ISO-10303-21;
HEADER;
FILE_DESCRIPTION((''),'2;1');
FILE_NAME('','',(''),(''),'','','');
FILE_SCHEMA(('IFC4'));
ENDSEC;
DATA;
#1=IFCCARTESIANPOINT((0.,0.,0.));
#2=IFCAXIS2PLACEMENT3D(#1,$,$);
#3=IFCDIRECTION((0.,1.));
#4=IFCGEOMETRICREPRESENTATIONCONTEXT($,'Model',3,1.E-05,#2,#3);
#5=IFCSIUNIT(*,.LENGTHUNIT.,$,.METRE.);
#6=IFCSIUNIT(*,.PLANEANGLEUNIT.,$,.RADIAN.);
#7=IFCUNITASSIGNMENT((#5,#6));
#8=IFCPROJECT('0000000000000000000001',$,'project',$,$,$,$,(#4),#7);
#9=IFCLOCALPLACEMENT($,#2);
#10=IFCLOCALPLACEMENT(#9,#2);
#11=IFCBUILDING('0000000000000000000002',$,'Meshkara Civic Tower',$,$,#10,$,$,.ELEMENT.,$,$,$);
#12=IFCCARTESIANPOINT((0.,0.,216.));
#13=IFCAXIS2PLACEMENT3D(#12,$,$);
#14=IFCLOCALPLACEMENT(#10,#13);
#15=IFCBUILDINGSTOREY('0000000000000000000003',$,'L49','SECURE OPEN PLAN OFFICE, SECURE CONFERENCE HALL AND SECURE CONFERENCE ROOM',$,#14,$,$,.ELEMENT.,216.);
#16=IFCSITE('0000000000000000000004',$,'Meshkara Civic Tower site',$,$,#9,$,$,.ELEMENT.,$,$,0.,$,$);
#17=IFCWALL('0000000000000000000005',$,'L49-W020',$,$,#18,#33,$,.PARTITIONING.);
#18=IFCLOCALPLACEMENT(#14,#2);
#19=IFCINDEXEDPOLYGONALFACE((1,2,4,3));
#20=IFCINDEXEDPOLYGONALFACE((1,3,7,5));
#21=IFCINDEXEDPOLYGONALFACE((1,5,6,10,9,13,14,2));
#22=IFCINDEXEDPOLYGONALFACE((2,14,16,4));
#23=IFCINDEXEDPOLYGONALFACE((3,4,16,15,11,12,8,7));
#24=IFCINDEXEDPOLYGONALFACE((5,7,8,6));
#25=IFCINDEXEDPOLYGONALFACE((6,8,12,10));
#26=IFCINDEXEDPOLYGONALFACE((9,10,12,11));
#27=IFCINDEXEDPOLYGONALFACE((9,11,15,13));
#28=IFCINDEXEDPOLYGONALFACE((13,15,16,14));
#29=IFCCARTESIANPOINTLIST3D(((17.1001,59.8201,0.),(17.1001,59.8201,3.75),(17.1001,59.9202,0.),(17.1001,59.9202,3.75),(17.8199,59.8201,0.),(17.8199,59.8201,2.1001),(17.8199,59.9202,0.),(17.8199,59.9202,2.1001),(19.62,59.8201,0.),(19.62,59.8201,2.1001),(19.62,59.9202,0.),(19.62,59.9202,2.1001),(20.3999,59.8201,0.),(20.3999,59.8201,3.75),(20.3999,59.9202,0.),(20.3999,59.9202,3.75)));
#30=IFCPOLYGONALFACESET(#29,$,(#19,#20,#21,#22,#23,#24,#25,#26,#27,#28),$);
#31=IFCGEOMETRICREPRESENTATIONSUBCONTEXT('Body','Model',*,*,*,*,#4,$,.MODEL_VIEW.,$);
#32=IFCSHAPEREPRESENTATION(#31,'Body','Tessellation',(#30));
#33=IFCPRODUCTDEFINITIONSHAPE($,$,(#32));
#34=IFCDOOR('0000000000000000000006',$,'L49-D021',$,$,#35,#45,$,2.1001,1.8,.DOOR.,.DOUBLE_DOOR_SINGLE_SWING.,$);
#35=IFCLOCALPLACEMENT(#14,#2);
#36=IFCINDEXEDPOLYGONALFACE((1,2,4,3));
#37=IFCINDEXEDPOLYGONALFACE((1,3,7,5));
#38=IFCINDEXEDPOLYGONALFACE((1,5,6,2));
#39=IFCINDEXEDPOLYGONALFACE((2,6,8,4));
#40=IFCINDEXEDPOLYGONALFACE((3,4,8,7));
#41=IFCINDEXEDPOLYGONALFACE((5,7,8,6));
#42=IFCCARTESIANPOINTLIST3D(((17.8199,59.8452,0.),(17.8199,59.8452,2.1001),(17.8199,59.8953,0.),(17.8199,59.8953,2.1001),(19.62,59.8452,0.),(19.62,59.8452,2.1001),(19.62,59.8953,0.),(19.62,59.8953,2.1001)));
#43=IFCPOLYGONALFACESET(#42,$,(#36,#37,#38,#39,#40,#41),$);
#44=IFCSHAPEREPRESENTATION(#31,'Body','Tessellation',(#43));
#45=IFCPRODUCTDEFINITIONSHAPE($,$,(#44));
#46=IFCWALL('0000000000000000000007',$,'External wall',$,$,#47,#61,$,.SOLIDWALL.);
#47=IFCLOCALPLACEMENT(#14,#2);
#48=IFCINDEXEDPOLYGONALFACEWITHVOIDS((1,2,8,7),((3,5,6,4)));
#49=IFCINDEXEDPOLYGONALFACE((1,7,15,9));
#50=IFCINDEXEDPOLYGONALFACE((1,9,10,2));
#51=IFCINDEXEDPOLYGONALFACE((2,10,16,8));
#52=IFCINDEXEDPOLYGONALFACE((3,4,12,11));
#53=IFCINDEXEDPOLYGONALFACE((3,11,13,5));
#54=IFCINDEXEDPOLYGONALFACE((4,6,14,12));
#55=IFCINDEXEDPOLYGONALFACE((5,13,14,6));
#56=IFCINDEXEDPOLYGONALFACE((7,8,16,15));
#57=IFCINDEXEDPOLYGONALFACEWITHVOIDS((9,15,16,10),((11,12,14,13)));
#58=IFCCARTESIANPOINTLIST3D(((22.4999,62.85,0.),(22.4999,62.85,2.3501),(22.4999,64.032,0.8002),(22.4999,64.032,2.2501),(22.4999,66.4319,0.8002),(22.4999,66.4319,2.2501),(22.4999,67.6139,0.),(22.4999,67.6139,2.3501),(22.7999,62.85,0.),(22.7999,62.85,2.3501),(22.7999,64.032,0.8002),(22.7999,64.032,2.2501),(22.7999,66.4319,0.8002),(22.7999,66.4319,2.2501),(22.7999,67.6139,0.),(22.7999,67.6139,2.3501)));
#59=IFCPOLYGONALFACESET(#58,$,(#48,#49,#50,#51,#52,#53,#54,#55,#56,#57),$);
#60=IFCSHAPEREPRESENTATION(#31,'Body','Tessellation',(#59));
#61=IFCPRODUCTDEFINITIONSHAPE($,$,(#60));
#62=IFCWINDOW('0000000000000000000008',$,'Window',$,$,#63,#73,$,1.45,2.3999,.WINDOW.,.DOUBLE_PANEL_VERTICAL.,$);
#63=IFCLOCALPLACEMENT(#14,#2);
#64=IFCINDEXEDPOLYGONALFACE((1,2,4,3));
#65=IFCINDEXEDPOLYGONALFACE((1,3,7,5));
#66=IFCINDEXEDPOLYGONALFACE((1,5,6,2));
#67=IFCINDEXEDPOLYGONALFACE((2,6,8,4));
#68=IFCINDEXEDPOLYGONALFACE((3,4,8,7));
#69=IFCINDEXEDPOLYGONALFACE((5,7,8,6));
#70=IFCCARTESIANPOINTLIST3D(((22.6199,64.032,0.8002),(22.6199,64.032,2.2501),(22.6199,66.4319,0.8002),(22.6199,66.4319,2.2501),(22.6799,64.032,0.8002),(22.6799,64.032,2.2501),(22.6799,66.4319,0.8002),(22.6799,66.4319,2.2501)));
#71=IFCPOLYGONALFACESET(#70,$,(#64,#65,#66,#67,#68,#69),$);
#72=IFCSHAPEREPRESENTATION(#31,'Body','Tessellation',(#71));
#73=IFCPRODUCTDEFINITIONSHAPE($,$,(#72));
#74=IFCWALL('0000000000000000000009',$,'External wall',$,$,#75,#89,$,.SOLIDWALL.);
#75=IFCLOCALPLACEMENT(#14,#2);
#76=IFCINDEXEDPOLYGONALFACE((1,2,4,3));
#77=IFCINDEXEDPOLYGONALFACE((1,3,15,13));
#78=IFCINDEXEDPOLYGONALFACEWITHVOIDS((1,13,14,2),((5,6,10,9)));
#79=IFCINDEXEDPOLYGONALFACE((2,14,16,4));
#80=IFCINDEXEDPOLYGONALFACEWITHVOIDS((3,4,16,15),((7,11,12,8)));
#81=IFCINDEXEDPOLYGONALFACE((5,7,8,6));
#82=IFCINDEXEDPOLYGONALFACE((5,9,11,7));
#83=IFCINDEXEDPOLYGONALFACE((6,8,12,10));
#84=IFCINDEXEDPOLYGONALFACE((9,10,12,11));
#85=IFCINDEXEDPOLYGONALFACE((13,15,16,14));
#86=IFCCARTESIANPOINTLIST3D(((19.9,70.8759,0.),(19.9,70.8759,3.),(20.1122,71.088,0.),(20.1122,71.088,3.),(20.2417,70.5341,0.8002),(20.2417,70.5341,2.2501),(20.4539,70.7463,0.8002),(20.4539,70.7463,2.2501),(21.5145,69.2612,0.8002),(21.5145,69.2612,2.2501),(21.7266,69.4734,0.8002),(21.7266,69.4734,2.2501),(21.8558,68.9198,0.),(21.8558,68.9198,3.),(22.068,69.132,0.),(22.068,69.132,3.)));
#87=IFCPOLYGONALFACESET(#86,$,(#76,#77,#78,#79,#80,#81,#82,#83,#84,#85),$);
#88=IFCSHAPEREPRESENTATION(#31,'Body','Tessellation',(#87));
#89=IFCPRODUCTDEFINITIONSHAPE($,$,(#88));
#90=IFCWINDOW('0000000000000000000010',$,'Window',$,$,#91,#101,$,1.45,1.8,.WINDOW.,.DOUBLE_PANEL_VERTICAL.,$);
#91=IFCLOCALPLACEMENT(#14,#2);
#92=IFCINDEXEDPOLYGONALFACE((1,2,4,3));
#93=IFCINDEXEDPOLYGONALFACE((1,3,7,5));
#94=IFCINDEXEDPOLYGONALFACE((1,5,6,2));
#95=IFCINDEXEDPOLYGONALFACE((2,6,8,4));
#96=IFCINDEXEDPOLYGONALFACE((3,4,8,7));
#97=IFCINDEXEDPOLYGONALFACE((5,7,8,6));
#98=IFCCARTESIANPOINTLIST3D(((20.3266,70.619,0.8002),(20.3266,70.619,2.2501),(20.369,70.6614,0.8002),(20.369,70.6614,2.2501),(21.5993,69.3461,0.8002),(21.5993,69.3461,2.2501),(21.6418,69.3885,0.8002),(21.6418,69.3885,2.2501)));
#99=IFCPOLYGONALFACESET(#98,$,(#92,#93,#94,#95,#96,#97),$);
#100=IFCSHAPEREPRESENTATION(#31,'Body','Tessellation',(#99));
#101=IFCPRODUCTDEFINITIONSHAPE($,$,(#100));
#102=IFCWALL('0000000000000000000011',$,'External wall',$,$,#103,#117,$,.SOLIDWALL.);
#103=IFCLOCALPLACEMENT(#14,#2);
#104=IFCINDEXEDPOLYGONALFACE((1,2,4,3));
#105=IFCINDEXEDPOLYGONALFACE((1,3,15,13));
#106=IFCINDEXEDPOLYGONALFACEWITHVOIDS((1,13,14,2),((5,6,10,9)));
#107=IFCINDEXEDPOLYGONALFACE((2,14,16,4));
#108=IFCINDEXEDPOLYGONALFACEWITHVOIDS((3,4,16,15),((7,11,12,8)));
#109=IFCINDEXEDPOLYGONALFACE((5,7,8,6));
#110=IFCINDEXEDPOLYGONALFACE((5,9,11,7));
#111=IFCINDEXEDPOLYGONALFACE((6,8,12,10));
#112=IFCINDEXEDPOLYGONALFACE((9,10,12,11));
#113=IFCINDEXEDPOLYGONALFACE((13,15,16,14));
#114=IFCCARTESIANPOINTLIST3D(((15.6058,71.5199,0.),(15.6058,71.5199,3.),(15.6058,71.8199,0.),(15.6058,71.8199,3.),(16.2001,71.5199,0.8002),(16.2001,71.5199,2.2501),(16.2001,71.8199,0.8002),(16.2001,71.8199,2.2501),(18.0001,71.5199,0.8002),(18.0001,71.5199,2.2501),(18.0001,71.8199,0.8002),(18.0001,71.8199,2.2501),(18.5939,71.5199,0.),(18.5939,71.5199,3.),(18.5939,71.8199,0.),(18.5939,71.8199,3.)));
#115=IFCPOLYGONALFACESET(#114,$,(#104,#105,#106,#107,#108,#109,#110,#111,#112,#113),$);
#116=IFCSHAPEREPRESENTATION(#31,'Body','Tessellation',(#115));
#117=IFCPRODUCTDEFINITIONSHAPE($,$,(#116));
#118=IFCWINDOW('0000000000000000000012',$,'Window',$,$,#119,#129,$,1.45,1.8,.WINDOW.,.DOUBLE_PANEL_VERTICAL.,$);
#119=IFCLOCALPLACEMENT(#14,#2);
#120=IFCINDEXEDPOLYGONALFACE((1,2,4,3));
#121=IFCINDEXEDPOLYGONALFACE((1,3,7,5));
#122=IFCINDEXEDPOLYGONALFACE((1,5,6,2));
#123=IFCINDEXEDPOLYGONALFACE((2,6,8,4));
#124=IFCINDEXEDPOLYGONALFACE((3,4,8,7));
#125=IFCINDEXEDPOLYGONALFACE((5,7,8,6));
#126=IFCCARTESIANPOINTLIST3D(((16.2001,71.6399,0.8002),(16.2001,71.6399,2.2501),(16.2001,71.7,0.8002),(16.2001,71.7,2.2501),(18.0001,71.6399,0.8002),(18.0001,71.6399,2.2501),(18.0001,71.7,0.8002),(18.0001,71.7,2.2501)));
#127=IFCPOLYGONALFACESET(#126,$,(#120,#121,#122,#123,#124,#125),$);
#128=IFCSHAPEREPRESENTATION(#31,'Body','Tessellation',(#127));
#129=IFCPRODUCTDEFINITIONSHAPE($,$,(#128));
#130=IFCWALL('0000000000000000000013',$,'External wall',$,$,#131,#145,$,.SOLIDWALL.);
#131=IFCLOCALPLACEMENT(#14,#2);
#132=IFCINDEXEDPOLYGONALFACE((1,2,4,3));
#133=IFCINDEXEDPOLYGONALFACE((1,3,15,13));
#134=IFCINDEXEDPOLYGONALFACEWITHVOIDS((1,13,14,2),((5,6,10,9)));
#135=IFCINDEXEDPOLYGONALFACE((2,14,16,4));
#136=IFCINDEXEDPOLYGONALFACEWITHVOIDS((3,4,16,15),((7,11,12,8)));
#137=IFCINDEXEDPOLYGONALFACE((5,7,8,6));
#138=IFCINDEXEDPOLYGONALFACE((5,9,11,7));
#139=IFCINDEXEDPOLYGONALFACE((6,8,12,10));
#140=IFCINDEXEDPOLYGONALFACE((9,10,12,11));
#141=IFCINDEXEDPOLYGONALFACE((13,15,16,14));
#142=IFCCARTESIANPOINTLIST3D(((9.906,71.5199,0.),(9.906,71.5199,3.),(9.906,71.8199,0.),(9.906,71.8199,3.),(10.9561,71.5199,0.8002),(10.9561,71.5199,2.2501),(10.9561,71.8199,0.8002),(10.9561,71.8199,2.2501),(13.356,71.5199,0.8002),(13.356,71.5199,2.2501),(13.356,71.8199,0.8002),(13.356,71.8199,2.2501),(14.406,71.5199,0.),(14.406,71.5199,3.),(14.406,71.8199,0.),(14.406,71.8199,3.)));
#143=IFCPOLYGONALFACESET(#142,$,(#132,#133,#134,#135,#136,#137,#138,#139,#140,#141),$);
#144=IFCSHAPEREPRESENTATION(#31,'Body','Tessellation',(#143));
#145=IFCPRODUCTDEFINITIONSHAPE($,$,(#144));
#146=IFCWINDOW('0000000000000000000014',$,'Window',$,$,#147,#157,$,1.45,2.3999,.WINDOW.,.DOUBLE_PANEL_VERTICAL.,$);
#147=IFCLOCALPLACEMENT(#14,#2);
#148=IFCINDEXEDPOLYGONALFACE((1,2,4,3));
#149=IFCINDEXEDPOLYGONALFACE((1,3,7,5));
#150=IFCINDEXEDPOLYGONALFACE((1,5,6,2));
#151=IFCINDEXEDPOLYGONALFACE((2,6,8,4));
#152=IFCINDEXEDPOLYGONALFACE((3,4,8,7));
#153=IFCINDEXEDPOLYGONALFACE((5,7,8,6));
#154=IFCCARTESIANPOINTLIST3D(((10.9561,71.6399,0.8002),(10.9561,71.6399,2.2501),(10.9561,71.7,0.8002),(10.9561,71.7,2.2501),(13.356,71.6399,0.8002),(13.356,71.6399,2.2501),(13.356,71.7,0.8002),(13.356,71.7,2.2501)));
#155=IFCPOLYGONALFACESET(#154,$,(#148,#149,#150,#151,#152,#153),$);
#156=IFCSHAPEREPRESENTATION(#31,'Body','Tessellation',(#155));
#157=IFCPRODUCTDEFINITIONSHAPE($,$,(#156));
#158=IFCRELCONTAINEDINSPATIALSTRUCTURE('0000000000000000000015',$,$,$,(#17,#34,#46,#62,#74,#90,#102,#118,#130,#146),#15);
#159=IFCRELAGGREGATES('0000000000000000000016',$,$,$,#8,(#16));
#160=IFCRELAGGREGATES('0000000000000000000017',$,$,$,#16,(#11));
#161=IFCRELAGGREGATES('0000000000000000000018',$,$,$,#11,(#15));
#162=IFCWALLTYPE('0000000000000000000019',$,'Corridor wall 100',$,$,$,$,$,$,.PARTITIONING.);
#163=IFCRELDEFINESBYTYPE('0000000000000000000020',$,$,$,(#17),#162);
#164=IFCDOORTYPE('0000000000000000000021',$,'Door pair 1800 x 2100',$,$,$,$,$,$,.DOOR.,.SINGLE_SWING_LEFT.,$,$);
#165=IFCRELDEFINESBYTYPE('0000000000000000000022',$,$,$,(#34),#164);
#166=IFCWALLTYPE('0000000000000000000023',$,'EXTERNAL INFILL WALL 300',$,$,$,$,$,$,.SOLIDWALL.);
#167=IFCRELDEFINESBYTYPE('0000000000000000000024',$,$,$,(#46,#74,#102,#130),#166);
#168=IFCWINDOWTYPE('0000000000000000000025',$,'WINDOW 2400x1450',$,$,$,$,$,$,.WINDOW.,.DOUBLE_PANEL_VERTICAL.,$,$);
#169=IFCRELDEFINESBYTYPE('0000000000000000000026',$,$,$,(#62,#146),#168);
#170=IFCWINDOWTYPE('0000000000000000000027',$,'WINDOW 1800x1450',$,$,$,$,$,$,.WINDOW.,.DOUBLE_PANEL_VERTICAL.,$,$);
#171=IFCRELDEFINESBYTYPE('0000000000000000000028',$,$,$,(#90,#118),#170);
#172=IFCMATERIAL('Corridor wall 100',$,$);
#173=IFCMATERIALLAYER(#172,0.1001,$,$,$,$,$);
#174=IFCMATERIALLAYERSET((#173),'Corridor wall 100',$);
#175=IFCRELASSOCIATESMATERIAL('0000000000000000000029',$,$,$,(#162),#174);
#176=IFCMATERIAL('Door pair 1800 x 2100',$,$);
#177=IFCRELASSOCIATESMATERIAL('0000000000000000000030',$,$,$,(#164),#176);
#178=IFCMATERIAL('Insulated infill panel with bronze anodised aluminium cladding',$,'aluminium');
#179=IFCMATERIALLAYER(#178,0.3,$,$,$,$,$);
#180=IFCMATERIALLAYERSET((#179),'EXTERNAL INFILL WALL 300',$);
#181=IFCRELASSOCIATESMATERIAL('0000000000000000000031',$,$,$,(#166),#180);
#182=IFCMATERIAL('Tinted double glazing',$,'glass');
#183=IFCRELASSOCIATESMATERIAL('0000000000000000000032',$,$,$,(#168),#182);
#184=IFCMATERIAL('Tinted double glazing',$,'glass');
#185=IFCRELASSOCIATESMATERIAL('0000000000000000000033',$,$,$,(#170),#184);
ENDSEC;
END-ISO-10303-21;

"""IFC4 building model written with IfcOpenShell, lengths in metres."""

from ifc_helpers import new_model, si_unit, direction, frame, frame_2d, origin, place, context, subcontext, project, spatial, rectangle, extrude, material, layer, layer_set, type_object, element, fill, save


model = new_model("IFC4")

# Units and contexts
model_context = context("Model", 3, precision=1e-05, world=origin(), true_north=direction((0.0, 1.0)))
body_context = subcontext(model_context, "Body", "Model", "MODEL_VIEW")
ifc_project = project(units=[si_unit("LENGTHUNIT", "METRE"), si_unit("PLANEANGLEUNIT", "RADIAN")], contexts=[model_context])

# Site, building, storey
site_placement = place(None, origin())
site = spatial("IfcSite", under=ifc_project, at=site_placement, Name="Meshkara Civic Tower site", CompositionType="ELEMENT", RefElevation=0.0)
building_placement = place(site_placement, origin())
building = spatial("IfcBuilding", under=site, at=building_placement, Name="Meshkara Civic Tower", CompositionType="ELEMENT")
storey_placement = place(building_placement, frame((0.0, 0.0, 216.0)))
storey = spatial("IfcBuildingStorey", under=building, at=storey_placement, Name="L49", Description="SECURE OPEN PLAN OFFICE, SECURE CONFERENCE HALL AND SECURE CONFERENCE ROOM", CompositionType="ELEMENT", Elevation=216.0)

# Shared definitions
ifc_material_1 = material(Name="Corridor wall 100")
ifc_layer_1 = layer(ifc_material_1, 0.1001)
ifc_layer_set_1 = layer_set([ifc_layer_1], Name="Corridor wall 100")
wall_type_1 = type_object("IfcWallType", Name="Corridor wall 100", PredefinedType="PARTITIONING", material=ifc_layer_set_1)

# Wall, opening, door
wall_1_placement = place(storey_placement, frame((20.3999, 59.8701, 0.0), z_axis=(0.0, 0.0, 1.0), x_axis=(-1.0, 0.0, 0.0)))
wall_1 = element("IfcWall", 1, at=wall_1_placement, inside=storey, type_object=wall_type_1, Name="L49-W020", PredefinedType="PARTITIONING", context=body_context, shape_type="SweptSolid", body=[
    extrude(rectangle(XDim=3.2998, YDim=0.1001, at=frame_2d((1.6499, 0.0))), origin(), (0.0, 0.0, 1.0), 3.75),
])
opening_1_placement = place(wall_1_placement, frame((0.78, 0.0, 0.0)))
opening_1 = element("IfcOpeningElement", 2, at=opening_1_placement, cuts=wall_1, PredefinedType="OPENING", context=body_context, shape_type="SweptSolid", body=[
    extrude(rectangle(XDim=1.8, YDim=2.1001, at=frame_2d((0.8999, 1.05))), frame((0.0, 0.0601, 0.0), z_axis=(0.0, -1.0, 0.0), x_axis=(1.0, 0.0, 0.0)), (0.0, 0.0, 1.0), 0.1201),
])
ifc_material_2 = material(Name="Door pair 1800 x 2100")
door_type_1 = type_object("IfcDoorType", Name="Door pair 1800 x 2100", OperationType="SINGLE_SWING_LEFT", PredefinedType="DOOR", material=ifc_material_2)
door_1_placement = place(opening_1_placement, origin())
door_1 = element("IfcDoor", 3, at=door_1_placement, inside=storey, type_object=door_type_1, Name="L49-D021", OperationType="DOUBLE_DOOR_SINGLE_SWING", OverallHeight=2.1001, OverallWidth=1.8, PredefinedType="DOOR", context=body_context, shape_type="SweptSolid", body=[
    extrude(rectangle(XDim=1.8, YDim=2.1001, at=frame_2d((0.8999, 1.05))), frame((0.0, 0.0249, 0.0), z_axis=(0.0, -1.0, 0.0), x_axis=(1.0, 0.0, 0.0)), (0.0, 0.0, 1.0), 0.05),
])
fill(opening_1, door_1)

# Walls, openings, windows
ifc_material_3 = material(Name="Insulated infill panel with bronze anodised aluminium cladding", Category="aluminium")
ifc_layer_2 = layer(ifc_material_3, 0.3)
ifc_layer_set_2 = layer_set([ifc_layer_2], Name="EXTERNAL INFILL WALL 300")
wall_type_2 = type_object("IfcWallType", Name="EXTERNAL INFILL WALL 300", PredefinedType="SOLIDWALL", material=ifc_layer_set_2)
wall_2_placement = place(storey_placement, frame((22.6499, 62.8501, 0.0), z_axis=(0.0, 0.0, 1.0), x_axis=(0.0, 1.0, 0.0)))
wall_2 = element("IfcWall", 4, at=wall_2_placement, inside=storey, type_object=wall_type_2, Name="External wall", PredefinedType="SOLIDWALL", context=body_context, shape_type="SweptSolid", body=[
    extrude(rectangle(XDim=4.7639, YDim=0.3, at=frame_2d((2.3818, 0.0))), origin(), (0.0, 0.0, 1.0), 2.3501),
])
opening_2_placement = place(wall_2_placement, frame((1.1819, 0.0, 0.8)))
opening_2 = element("IfcOpeningElement", 5, at=opening_2_placement, cuts=wall_2, PredefinedType="OPENING", context=body_context, shape_type="SweptSolid", body=[
    extrude(rectangle(XDim=2.3999, YDim=1.45, at=frame_2d((1.2, 0.7251))), frame((0.0, 0.1599, 0.0), z_axis=(0.0, -1.0, 0.0), x_axis=(1.0, 0.0, 0.0)), (0.0, 0.0, 1.0), 0.3201),
])
ifc_material_4 = material(Name="Tinted double glazing", Category="glass")
window_type_1 = type_object("IfcWindowType", Name="WINDOW 2400x1450", PartitioningType="DOUBLE_PANEL_VERTICAL", PredefinedType="WINDOW", material=ifc_material_4)
window_1_placement = place(opening_2_placement, origin())
window_1 = element("IfcWindow", 6, at=window_1_placement, inside=storey, type_object=window_type_1, Name="Window", OverallHeight=1.45, OverallWidth=2.3999, PartitioningType="DOUBLE_PANEL_VERTICAL", PredefinedType="WINDOW", context=body_context, shape_type="SweptSolid", body=[
    extrude(rectangle(XDim=2.3999, YDim=1.45, at=frame_2d((1.2, 0.7251))), frame((0.0, 0.03, 0.0), z_axis=(0.0, -1.0, 0.0), x_axis=(1.0, 0.0, 0.0)), (0.0, 0.0, 1.0), 0.0601),
])
fill(opening_2, window_1)
wall_3_placement = place(storey_placement, frame((21.9619, 69.0259, 0.0), z_axis=(0.0, 0.0, 1.0), x_axis=(-0.707063, 0.707151, 0.0)))
wall_3 = element("IfcWall", 7, at=wall_3_placement, inside=storey, type_object=wall_type_2, Name="External wall", PredefinedType="SOLIDWALL", context=body_context, shape_type="SweptSolid", body=[
    extrude(rectangle(XDim=2.7661, YDim=0.3, at=frame_2d((1.3831, 0.0))), origin(), (0.0, 0.0, 1.0), 3.0),
])
opening_3_placement = place(wall_3_placement, frame((0.4829, 0.0, 0.8)))
opening_3 = element("IfcOpeningElement", 8, at=opening_3_placement, cuts=wall_3, PredefinedType="OPENING", context=body_context, shape_type="SweptSolid", body=[
    extrude(rectangle(XDim=1.8, YDim=1.45, at=frame_2d((0.8999, 0.7251))), frame((0.0, 0.1599, 0.0), z_axis=(0.0, -1.0, 0.0), x_axis=(1.0, 0.0, 0.0)), (0.0, 0.0, 1.0), 0.3201),
])
ifc_material_5 = material(Name="Tinted double glazing", Category="glass")
window_type_2 = type_object("IfcWindowType", Name="WINDOW 1800x1450", PartitioningType="DOUBLE_PANEL_VERTICAL", PredefinedType="WINDOW", material=ifc_material_5)
window_2_placement = place(opening_3_placement, origin())
window_2 = element("IfcWindow", 9, at=window_2_placement, inside=storey, type_object=window_type_2, Name="Window", OverallHeight=1.45, OverallWidth=1.8, PartitioningType="DOUBLE_PANEL_VERTICAL", PredefinedType="WINDOW", context=body_context, shape_type="SweptSolid", body=[
    extrude(rectangle(XDim=1.8, YDim=1.45, at=frame_2d((0.8999, 0.7251))), frame((0.0, 0.03, 0.0), z_axis=(0.0, -1.0, 0.0), x_axis=(1.0, 0.0, 0.0)), (0.0, 0.0, 1.0), 0.0601),
])
fill(opening_3, window_2)
wall_4_placement = place(storey_placement, frame((18.594, 71.6699, 0.0), z_axis=(0.0, 0.0, 1.0), x_axis=(-1.0, 0.0, 0.0)))
wall_4 = element("IfcWall", 10, at=wall_4_placement, inside=storey, type_object=wall_type_2, Name="External wall", PredefinedType="SOLIDWALL", context=body_context, shape_type="SweptSolid", body=[
    extrude(rectangle(XDim=2.988, YDim=0.3, at=frame_2d((1.4941, 0.0))), origin(), (0.0, 0.0, 1.0), 3.0),
])
opening_4_placement = place(wall_4_placement, frame((0.594, 0.0, 0.8)))
opening_4 = element("IfcOpeningElement", 11, at=opening_4_placement, cuts=wall_4, PredefinedType="OPENING", context=body_context, shape_type="SweptSolid", body=[
    extrude(rectangle(XDim=1.8, YDim=1.45, at=frame_2d((0.8999, 0.7251))), frame((0.0, 0.1599, 0.0), z_axis=(0.0, -1.0, 0.0), x_axis=(1.0, 0.0, 0.0)), (0.0, 0.0, 1.0), 0.3201),
])
window_3_placement = place(opening_4_placement, origin())
window_3 = element("IfcWindow", 12, at=window_3_placement, inside=storey, type_object=window_type_2, Name="Window", OverallHeight=1.45, OverallWidth=1.8, PartitioningType="DOUBLE_PANEL_VERTICAL", PredefinedType="WINDOW", context=body_context, shape_type="SweptSolid", body=[
    extrude(rectangle(XDim=1.8, YDim=1.45, at=frame_2d((0.8999, 0.7251))), frame((0.0, 0.03, 0.0), z_axis=(0.0, -1.0, 0.0), x_axis=(1.0, 0.0, 0.0)), (0.0, 0.0, 1.0), 0.0601),
])
fill(opening_4, window_3)
wall_5_placement = place(storey_placement, frame((14.406, 71.6699, 0.0), z_axis=(0.0, 0.0, 1.0), x_axis=(-1.0, 0.0, 0.0)))
wall_5 = element("IfcWall", 13, at=wall_5_placement, inside=storey, type_object=wall_type_2, Name="External wall", PredefinedType="SOLIDWALL", context=body_context, shape_type="SweptSolid", body=[
    extrude(rectangle(XDim=4.5, YDim=0.3, at=frame_2d((2.25, 0.0))), origin(), (0.0, 0.0, 1.0), 3.0),
])
opening_5_placement = place(wall_5_placement, frame((1.05, 0.0, 0.8)))
opening_5 = element("IfcOpeningElement", 14, at=opening_5_placement, cuts=wall_5, PredefinedType="OPENING", context=body_context, shape_type="SweptSolid", body=[
    extrude(rectangle(XDim=2.3999, YDim=1.45, at=frame_2d((1.2, 0.7251))), frame((0.0, 0.1599, 0.0), z_axis=(0.0, -1.0, 0.0), x_axis=(1.0, 0.0, 0.0)), (0.0, 0.0, 1.0), 0.3201),
])
window_4_placement = place(opening_5_placement, origin())
window_4 = element("IfcWindow", 15, at=window_4_placement, inside=storey, type_object=window_type_1, Name="Window", OverallHeight=1.45, OverallWidth=2.3999, PartitioningType="DOUBLE_PANEL_VERTICAL", PredefinedType="WINDOW", context=body_context, shape_type="SweptSolid", body=[
    extrude(rectangle(XDim=2.3999, YDim=1.45, at=frame_2d((1.2, 0.7251))), frame((0.0, 0.03, 0.0), z_axis=(0.0, -1.0, 0.0), x_axis=(1.0, 0.0, 0.0)), (0.0, 0.0, 1.0), 0.0601),
])
fill(opening_5, window_4)

save(model, "model.ifc")
